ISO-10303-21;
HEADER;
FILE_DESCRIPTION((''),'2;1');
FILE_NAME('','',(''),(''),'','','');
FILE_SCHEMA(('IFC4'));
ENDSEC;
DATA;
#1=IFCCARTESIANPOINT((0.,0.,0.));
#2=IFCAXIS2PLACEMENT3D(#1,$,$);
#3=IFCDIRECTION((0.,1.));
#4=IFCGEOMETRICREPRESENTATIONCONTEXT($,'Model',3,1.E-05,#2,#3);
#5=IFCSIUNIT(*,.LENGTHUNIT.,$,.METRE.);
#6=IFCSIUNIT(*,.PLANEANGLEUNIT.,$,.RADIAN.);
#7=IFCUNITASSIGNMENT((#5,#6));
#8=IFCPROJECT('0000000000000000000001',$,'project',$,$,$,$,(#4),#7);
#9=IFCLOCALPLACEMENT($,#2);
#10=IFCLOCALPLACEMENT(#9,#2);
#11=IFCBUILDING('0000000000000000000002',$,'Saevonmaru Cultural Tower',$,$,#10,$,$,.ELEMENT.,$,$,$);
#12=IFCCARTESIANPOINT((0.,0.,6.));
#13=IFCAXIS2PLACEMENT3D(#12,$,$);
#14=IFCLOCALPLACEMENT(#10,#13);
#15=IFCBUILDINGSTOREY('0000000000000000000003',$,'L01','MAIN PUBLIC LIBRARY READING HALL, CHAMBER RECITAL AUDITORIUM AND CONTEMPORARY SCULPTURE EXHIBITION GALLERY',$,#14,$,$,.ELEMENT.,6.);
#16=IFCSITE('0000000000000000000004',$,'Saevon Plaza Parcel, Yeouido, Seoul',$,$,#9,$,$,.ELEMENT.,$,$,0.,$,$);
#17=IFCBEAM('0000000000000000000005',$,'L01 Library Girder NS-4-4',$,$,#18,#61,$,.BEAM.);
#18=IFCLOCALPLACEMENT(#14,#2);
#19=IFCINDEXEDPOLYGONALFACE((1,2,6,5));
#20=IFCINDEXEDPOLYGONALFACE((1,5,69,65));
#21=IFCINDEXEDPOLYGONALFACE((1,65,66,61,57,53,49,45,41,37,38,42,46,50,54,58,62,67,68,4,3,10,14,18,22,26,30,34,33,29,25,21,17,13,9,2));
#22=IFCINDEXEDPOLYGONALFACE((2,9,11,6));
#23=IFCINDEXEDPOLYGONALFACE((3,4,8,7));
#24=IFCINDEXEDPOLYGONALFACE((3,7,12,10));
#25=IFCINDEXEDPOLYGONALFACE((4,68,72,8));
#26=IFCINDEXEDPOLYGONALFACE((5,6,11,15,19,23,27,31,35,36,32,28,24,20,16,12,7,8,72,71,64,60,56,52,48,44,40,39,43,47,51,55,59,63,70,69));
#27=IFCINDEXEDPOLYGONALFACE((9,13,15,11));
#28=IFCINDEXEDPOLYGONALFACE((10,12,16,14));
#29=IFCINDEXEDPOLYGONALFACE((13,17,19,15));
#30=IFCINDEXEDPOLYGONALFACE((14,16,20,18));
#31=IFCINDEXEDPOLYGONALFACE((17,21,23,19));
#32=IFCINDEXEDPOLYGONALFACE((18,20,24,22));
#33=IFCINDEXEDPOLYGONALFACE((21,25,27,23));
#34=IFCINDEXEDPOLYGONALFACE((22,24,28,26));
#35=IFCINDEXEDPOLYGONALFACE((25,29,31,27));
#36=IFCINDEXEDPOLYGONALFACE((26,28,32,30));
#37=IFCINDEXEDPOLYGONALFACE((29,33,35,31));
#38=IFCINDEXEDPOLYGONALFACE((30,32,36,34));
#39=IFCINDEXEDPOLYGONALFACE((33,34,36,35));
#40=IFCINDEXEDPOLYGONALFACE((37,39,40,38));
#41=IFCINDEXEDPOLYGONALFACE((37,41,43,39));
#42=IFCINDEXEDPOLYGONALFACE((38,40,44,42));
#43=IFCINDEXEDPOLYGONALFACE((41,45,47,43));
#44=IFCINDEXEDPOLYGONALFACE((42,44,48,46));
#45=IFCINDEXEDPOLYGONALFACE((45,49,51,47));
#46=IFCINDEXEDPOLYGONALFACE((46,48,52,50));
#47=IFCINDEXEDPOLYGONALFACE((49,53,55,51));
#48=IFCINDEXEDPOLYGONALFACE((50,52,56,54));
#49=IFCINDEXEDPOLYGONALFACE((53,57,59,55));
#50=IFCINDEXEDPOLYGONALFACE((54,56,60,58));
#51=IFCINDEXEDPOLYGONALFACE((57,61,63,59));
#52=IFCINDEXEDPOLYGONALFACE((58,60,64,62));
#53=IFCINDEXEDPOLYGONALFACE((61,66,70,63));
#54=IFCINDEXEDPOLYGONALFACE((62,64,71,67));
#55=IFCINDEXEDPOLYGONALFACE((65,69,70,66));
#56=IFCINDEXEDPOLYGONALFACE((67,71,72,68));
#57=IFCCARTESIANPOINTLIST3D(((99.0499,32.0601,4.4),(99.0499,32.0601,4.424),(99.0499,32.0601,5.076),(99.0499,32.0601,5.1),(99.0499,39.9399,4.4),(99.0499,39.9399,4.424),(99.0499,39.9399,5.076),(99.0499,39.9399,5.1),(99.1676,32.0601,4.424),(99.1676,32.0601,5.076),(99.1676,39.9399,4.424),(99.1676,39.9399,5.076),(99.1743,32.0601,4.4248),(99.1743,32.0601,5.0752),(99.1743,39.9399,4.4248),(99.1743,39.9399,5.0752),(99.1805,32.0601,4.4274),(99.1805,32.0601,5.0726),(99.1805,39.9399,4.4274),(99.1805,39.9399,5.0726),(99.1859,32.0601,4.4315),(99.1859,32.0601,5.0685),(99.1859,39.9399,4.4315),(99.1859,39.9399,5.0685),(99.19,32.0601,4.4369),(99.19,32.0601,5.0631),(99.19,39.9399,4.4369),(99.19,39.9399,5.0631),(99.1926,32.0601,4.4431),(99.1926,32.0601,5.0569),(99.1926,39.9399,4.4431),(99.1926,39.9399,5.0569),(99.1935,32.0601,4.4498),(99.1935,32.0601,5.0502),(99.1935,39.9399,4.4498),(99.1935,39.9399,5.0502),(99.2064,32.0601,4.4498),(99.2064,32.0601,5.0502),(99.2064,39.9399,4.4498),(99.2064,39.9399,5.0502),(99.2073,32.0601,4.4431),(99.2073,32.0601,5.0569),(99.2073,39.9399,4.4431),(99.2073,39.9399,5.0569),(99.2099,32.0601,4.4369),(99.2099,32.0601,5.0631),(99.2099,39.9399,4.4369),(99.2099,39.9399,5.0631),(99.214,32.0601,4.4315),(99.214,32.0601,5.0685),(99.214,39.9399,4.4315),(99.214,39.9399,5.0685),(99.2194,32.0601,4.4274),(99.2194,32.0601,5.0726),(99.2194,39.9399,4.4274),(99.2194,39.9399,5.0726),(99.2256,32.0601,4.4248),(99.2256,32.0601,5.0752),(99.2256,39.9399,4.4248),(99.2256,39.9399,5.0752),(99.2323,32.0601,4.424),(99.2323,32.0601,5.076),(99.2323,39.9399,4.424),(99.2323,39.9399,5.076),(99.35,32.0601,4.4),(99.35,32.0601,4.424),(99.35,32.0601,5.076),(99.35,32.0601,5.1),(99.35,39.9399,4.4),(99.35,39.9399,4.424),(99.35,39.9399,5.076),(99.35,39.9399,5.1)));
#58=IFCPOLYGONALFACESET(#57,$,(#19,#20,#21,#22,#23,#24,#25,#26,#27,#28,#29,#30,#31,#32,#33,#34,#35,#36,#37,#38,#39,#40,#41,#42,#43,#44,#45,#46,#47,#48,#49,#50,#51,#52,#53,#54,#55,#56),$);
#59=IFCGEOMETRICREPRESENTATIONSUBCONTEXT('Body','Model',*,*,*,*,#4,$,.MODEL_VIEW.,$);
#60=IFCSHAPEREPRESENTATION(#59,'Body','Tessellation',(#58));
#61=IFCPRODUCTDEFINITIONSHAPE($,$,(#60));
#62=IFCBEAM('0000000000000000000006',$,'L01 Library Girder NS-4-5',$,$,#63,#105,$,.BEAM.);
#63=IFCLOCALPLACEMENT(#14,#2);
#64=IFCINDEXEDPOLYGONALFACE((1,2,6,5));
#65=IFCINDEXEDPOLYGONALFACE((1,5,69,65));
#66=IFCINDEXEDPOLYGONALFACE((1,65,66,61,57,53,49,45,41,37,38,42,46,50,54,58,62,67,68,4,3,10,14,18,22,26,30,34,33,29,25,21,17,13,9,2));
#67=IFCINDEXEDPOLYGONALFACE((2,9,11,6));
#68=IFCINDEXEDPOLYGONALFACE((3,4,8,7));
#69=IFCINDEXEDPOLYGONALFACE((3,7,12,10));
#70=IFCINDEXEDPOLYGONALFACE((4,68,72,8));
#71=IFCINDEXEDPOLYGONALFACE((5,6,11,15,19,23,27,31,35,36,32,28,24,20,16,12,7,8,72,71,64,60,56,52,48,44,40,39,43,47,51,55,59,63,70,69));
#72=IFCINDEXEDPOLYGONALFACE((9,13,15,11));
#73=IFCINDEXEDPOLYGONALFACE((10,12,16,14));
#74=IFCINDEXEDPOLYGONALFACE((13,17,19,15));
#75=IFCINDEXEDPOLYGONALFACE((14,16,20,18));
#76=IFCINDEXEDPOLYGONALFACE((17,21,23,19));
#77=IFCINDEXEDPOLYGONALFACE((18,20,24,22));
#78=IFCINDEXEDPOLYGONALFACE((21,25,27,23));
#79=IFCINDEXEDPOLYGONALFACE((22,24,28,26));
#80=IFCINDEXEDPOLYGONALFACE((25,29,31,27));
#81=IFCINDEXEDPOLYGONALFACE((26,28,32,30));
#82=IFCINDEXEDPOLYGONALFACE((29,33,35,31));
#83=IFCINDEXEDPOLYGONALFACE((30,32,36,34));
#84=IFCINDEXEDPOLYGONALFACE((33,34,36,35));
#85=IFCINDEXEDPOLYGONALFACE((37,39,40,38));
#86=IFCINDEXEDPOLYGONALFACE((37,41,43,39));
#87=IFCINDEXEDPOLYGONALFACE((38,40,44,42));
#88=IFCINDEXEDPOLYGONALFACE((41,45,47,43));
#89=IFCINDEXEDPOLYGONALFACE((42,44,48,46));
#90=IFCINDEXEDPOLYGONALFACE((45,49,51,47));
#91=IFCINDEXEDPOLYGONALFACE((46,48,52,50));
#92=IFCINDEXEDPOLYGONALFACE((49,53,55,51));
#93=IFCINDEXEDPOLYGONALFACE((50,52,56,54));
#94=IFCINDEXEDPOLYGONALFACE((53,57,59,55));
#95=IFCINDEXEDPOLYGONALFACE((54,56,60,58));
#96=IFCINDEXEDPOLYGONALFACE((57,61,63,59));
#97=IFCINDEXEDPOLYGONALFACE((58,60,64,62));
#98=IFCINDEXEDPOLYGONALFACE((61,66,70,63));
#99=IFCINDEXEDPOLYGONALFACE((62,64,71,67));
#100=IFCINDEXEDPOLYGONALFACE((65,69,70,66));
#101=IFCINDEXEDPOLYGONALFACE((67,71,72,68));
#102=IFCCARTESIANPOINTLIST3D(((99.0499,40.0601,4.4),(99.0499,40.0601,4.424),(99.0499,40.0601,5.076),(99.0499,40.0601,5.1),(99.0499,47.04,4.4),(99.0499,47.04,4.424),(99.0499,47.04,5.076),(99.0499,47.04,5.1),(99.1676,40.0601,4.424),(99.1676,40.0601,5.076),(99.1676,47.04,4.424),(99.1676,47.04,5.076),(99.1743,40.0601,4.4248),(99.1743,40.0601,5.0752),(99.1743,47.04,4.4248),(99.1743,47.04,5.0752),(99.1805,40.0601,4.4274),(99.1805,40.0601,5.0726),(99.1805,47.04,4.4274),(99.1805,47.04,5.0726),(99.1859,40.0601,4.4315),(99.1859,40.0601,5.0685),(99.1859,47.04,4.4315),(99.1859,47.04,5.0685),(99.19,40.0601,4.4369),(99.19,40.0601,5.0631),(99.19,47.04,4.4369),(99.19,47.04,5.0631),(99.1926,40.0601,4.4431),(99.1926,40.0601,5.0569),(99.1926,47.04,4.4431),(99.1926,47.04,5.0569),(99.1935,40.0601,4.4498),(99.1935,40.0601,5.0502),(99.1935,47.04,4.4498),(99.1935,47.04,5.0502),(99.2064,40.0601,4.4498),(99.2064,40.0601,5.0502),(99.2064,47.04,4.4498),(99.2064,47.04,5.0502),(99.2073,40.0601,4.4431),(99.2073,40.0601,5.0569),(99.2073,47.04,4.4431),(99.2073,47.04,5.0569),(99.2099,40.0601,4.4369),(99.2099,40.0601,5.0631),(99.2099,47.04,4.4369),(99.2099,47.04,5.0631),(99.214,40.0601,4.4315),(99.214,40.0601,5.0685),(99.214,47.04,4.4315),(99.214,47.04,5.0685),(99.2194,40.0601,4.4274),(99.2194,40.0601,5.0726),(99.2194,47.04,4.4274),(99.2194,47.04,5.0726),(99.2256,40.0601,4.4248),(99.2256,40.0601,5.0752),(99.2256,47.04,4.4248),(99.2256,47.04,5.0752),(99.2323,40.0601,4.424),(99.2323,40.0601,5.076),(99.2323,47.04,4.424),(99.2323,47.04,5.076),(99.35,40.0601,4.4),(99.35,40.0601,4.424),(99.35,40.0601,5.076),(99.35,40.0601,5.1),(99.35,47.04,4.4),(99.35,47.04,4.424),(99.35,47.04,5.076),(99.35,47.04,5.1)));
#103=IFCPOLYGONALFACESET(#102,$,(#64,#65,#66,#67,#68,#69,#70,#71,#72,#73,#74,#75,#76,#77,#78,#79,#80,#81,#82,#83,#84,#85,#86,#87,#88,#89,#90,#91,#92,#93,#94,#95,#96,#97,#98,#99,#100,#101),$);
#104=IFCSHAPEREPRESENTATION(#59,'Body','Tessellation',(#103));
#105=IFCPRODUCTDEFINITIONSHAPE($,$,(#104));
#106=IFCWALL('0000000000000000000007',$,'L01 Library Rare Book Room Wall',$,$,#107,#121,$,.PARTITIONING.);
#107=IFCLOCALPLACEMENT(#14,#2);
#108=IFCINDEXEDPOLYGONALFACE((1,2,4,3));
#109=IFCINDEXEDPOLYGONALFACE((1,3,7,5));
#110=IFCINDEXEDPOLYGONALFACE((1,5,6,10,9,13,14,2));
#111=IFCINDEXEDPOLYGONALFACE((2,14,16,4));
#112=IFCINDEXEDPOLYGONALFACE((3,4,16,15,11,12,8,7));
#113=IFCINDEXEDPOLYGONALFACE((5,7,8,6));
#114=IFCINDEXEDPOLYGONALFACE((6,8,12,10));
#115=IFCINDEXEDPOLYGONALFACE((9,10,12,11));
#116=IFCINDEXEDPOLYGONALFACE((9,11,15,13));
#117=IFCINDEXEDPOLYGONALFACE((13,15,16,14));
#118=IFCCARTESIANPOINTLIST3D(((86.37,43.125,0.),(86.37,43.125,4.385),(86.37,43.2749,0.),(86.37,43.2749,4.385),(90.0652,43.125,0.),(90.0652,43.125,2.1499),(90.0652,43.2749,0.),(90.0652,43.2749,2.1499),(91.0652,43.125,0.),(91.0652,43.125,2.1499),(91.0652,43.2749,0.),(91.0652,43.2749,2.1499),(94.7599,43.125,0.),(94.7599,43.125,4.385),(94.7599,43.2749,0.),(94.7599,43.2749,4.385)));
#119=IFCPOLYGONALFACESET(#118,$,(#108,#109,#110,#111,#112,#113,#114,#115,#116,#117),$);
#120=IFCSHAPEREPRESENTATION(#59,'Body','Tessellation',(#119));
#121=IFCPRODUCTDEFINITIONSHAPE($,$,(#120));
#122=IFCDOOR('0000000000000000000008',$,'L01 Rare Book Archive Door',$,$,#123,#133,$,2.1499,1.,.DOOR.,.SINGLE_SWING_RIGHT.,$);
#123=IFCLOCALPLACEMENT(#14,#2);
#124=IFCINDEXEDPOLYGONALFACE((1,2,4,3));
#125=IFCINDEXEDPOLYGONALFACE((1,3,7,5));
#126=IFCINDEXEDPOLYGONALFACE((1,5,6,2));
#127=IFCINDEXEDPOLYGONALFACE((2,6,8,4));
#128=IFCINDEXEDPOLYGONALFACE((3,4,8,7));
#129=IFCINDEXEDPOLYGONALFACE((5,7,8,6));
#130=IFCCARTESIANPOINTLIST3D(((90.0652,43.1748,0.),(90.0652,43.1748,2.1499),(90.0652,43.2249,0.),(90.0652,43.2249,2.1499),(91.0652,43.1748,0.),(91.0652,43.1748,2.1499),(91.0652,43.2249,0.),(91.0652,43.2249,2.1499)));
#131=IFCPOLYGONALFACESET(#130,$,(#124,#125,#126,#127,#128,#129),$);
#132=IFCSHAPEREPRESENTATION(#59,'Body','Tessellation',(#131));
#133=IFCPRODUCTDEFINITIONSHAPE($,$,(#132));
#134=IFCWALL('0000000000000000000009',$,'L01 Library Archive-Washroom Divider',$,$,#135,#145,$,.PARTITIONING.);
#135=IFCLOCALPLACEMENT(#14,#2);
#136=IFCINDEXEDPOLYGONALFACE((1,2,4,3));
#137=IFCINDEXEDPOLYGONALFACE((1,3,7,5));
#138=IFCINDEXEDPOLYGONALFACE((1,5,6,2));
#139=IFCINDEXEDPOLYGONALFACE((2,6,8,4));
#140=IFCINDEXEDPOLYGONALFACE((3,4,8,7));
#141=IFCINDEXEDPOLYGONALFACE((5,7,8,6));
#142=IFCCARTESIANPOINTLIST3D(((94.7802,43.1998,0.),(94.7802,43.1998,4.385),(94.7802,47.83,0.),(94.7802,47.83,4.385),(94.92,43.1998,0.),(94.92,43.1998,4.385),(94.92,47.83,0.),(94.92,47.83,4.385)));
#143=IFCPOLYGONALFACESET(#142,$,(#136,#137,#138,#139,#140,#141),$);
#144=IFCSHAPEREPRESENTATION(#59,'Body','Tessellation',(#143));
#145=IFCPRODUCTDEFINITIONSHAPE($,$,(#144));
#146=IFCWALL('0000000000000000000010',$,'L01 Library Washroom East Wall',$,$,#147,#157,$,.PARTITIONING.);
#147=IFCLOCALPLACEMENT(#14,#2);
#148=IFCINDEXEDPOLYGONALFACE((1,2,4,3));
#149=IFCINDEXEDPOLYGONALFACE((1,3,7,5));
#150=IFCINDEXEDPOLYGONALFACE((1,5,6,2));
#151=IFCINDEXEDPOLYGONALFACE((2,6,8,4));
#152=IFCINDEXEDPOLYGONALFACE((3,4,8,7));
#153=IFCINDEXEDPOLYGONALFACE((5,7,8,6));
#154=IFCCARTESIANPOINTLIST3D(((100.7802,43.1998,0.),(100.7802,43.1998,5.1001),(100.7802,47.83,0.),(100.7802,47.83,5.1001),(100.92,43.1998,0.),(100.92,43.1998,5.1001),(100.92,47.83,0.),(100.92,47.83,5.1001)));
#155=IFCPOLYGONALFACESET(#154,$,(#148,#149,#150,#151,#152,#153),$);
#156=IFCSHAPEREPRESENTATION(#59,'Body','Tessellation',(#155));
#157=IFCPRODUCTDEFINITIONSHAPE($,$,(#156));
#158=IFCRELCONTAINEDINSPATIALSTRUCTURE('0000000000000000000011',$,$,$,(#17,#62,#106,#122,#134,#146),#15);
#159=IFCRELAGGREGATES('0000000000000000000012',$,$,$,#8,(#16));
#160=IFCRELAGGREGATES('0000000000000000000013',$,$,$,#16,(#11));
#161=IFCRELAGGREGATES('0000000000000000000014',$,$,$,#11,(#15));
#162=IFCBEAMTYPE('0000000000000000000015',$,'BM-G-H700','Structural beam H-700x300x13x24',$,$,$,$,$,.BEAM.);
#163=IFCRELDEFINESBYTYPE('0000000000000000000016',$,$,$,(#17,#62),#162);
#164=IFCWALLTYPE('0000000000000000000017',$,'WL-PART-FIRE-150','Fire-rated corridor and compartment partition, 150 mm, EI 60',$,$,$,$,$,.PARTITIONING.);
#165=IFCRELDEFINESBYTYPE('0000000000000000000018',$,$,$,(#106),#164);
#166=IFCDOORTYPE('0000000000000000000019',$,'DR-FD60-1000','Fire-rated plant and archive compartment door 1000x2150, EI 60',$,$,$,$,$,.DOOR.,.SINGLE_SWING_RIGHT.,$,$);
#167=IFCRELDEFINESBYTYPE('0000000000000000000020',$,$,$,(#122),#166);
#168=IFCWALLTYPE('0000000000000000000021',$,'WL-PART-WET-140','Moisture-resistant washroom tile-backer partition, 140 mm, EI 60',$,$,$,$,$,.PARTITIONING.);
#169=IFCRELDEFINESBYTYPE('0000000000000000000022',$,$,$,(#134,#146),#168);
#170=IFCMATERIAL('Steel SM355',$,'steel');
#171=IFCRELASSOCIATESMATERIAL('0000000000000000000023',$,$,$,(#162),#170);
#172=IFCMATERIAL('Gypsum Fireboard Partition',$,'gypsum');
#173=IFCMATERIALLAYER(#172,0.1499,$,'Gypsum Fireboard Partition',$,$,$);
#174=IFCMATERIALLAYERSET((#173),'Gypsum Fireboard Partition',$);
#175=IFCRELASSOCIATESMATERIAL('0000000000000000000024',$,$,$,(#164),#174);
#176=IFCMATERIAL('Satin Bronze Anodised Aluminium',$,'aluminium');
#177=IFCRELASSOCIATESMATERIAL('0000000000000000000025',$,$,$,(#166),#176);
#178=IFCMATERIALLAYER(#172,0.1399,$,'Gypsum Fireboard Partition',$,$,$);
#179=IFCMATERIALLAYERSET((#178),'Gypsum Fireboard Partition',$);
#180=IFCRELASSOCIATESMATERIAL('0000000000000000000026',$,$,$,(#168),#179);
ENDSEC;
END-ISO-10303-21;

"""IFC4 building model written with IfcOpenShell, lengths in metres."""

from ifc_helpers import new_model, si_unit, direction, frame, frame_2d, origin, origin_2d, place, context, subcontext, project, spatial, rectangle, i_section, extrude, material, layer, layer_set, material_profile, profile_set, type_object, element, fill, save


model = new_model("IFC4")

# Units and contexts
model_context = context("Model", 3, precision=1e-05, world=origin(), true_north=direction((0.0, 1.0)))
body_context = subcontext(model_context, "Body", "Model", "MODEL_VIEW")
ifc_project = project(units=[si_unit("LENGTHUNIT", "METRE"), si_unit("PLANEANGLEUNIT", "RADIAN")], contexts=[model_context])

# Site, building, storey
site_placement = place(None, origin())
site = spatial("IfcSite", under=ifc_project, at=site_placement, Name="Saevon Plaza Parcel, Yeouido, Seoul", CompositionType="ELEMENT", RefElevation=0.0)
building_placement = place(site_placement, origin())
building = spatial("IfcBuilding", under=site, at=building_placement, Name="Saevonmaru Cultural Tower", CompositionType="ELEMENT")
storey_placement = place(building_placement, frame((0.0, 0.0, 6.0)))
storey = spatial("IfcBuildingStorey", under=building, at=storey_placement, Name="L01", Description="MAIN PUBLIC LIBRARY READING HALL, CHAMBER RECITAL AUDITORIUM AND CONTEMPORARY SCULPTURE EXHIBITION GALLERY", CompositionType="ELEMENT", Elevation=6.0)

# Shared definitions
ifc_material_1 = material(Name="Steel SM355", Category="steel")

# Beams
ifc_material_profile_1 = material_profile(ifc_material_1, i_section(OverallWidth=0.3, OverallDepth=0.7, WebThickness=0.0129, FlangeThickness=0.0239, FilletRadius=0.0259, at=origin_2d()), Name="H-700x300x13x24")
ifc_profile_set_1 = profile_set([ifc_material_profile_1], Name="Steel SM355")
beam_type = type_object("IfcBeamType", Name="BM-G-H700", Description="Structural beam H-700x300x13x24", PredefinedType="BEAM", material=ifc_profile_set_1)
beam_1_placement = place(storey_placement, frame((99.2, 32.0601, 4.75), z_axis=(0.0, 1.0, 0.0), x_axis=(-1.0, 0.0, 0.0)))
element("IfcBeam", 1, at=beam_1_placement, inside=storey, type_object=beam_type, Name="L01 Library Girder NS-4-4", PredefinedType="BEAM", context=body_context, shape_type="SweptSolid", body=[
    extrude(i_section(OverallWidth=0.3, OverallDepth=0.7, WebThickness=0.0129, FlangeThickness=0.0239, FilletRadius=0.0259, at=origin_2d()), origin(), (0.0, 0.0, 1.0), 7.8799),
])
beam_2_placement = place(storey_placement, frame((99.2, 40.0601, 4.75), z_axis=(0.0, 1.0, 0.0), x_axis=(-1.0, 0.0, 0.0)))
element("IfcBeam", 2, at=beam_2_placement, inside=storey, type_object=beam_type, Name="L01 Library Girder NS-4-5", PredefinedType="BEAM", context=body_context, shape_type="SweptSolid", body=[
    extrude(i_section(OverallWidth=0.3, OverallDepth=0.7, WebThickness=0.0129, FlangeThickness=0.0239, FilletRadius=0.0259, at=origin_2d()), origin(), (0.0, 0.0, 1.0), 6.98),
])

# Wall, opening, door
ifc_material_2 = material(Name="Gypsum Fireboard Partition", Category="gypsum")
ifc_layer_1 = layer(ifc_material_2, 0.1499, Name="Gypsum Fireboard Partition")
ifc_layer_set_1 = layer_set([ifc_layer_1], Name="Gypsum Fireboard Partition")
wall_type_1 = type_object("IfcWallType", Name="WL-PART-FIRE-150", Description="Fire-rated corridor and compartment partition, 150 mm, EI 60", PredefinedType="PARTITIONING", material=ifc_layer_set_1)
wall_1_placement = place(storey_placement, frame((86.3701, 43.2, 0.0), z_axis=(0.0, 0.0, 1.0), x_axis=(1.0, 0.0, 0.0)))
wall_1 = element("IfcWall", 3, at=wall_1_placement, inside=storey, type_object=wall_type_1, Name="L01 Library Rare Book Room Wall", PredefinedType="PARTITIONING", context=body_context, shape_type="SweptSolid", body=[
    extrude(rectangle(XDim=8.3899, YDim=0.1499, at=frame_2d((4.1948, 0.0))), origin(), (0.0, 0.0, 1.0), 4.385),
])
opening_1_placement = place(wall_1_placement, frame((3.6951, 0.0, 0.0)))
opening_1 = element("IfcOpeningElement", 4, at=opening_1_placement, cuts=wall_1, PredefinedType="OPENING", context=body_context, shape_type="SweptSolid", body=[
    extrude(rectangle(XDim=1.0, YDim=2.1499, at=frame_2d((0.5, 1.075))), frame((0.0, 0.085, 0.0), z_axis=(0.0, -1.0, 0.0), x_axis=(1.0, 0.0, 0.0)), (0.0, 0.0, 1.0), 0.1699),
])
ifc_material_3 = material(Name="Satin Bronze Anodised Aluminium", Category="aluminium")
door_type_1 = type_object("IfcDoorType", Name="DR-FD60-1000", Description="Fire-rated plant and archive compartment door 1000x2150, EI 60", OperationType="SINGLE_SWING_RIGHT", PredefinedType="DOOR", material=ifc_material_3)
door_1_placement = place(opening_1_placement, origin())
door_1 = element("IfcDoor", 5, at=door_1_placement, inside=storey, type_object=door_type_1, Name="L01 Rare Book Archive Door", OperationType="SINGLE_SWING_RIGHT", OverallHeight=2.1499, OverallWidth=1.0, PredefinedType="DOOR", context=body_context, shape_type="SweptSolid", body=[
    extrude(rectangle(XDim=1.0, YDim=2.1499, at=frame_2d((0.5, 1.075))), frame((0.0, 0.0249, 0.0), z_axis=(0.0, -1.0, 0.0), x_axis=(1.0, 0.0, 0.0)), (0.0, 0.0, 1.0), 0.05),
])
fill(opening_1, door_1)

# Walls
ifc_layer_2 = layer(ifc_material_2, 0.1399, Name="Gypsum Fireboard Partition")
ifc_layer_set_2 = layer_set([ifc_layer_2], Name="Gypsum Fireboard Partition")
wall_type_2 = type_object("IfcWallType", Name="WL-PART-WET-140", Description="Moisture-resistant washroom tile-backer partition, 140 mm, EI 60", PredefinedType="PARTITIONING", material=ifc_layer_set_2)
wall_2_placement = place(storey_placement, frame((94.8501, 43.2, 0.0), z_axis=(0.0, 0.0, 1.0), x_axis=(0.0, 1.0, 0.0)))
element("IfcWall", 6, at=wall_2_placement, inside=storey, type_object=wall_type_2, Name="L01 Library Archive-Washroom Divider", PredefinedType="PARTITIONING", context=body_context, shape_type="SweptSolid", body=[
    extrude(rectangle(XDim=4.6301, YDim=0.1399, at=frame_2d((2.3149, 0.0))), origin(), (0.0, 0.0, 1.0), 4.385),
])
wall_3_placement = place(storey_placement, frame((100.8501, 43.2, 0.0), z_axis=(0.0, 0.0, 1.0), x_axis=(0.0, 1.0, 0.0)))
element("IfcWall", 7, at=wall_3_placement, inside=storey, type_object=wall_type_2, Name="L01 Library Washroom East Wall", PredefinedType="PARTITIONING", context=body_context, shape_type="SweptSolid", body=[
    extrude(rectangle(XDim=4.6301, YDim=0.1399, at=frame_2d((2.3149, 0.0))), origin(), (0.0, 0.0, 1.0), 5.1001),
])

save(model, "model.ifc")
